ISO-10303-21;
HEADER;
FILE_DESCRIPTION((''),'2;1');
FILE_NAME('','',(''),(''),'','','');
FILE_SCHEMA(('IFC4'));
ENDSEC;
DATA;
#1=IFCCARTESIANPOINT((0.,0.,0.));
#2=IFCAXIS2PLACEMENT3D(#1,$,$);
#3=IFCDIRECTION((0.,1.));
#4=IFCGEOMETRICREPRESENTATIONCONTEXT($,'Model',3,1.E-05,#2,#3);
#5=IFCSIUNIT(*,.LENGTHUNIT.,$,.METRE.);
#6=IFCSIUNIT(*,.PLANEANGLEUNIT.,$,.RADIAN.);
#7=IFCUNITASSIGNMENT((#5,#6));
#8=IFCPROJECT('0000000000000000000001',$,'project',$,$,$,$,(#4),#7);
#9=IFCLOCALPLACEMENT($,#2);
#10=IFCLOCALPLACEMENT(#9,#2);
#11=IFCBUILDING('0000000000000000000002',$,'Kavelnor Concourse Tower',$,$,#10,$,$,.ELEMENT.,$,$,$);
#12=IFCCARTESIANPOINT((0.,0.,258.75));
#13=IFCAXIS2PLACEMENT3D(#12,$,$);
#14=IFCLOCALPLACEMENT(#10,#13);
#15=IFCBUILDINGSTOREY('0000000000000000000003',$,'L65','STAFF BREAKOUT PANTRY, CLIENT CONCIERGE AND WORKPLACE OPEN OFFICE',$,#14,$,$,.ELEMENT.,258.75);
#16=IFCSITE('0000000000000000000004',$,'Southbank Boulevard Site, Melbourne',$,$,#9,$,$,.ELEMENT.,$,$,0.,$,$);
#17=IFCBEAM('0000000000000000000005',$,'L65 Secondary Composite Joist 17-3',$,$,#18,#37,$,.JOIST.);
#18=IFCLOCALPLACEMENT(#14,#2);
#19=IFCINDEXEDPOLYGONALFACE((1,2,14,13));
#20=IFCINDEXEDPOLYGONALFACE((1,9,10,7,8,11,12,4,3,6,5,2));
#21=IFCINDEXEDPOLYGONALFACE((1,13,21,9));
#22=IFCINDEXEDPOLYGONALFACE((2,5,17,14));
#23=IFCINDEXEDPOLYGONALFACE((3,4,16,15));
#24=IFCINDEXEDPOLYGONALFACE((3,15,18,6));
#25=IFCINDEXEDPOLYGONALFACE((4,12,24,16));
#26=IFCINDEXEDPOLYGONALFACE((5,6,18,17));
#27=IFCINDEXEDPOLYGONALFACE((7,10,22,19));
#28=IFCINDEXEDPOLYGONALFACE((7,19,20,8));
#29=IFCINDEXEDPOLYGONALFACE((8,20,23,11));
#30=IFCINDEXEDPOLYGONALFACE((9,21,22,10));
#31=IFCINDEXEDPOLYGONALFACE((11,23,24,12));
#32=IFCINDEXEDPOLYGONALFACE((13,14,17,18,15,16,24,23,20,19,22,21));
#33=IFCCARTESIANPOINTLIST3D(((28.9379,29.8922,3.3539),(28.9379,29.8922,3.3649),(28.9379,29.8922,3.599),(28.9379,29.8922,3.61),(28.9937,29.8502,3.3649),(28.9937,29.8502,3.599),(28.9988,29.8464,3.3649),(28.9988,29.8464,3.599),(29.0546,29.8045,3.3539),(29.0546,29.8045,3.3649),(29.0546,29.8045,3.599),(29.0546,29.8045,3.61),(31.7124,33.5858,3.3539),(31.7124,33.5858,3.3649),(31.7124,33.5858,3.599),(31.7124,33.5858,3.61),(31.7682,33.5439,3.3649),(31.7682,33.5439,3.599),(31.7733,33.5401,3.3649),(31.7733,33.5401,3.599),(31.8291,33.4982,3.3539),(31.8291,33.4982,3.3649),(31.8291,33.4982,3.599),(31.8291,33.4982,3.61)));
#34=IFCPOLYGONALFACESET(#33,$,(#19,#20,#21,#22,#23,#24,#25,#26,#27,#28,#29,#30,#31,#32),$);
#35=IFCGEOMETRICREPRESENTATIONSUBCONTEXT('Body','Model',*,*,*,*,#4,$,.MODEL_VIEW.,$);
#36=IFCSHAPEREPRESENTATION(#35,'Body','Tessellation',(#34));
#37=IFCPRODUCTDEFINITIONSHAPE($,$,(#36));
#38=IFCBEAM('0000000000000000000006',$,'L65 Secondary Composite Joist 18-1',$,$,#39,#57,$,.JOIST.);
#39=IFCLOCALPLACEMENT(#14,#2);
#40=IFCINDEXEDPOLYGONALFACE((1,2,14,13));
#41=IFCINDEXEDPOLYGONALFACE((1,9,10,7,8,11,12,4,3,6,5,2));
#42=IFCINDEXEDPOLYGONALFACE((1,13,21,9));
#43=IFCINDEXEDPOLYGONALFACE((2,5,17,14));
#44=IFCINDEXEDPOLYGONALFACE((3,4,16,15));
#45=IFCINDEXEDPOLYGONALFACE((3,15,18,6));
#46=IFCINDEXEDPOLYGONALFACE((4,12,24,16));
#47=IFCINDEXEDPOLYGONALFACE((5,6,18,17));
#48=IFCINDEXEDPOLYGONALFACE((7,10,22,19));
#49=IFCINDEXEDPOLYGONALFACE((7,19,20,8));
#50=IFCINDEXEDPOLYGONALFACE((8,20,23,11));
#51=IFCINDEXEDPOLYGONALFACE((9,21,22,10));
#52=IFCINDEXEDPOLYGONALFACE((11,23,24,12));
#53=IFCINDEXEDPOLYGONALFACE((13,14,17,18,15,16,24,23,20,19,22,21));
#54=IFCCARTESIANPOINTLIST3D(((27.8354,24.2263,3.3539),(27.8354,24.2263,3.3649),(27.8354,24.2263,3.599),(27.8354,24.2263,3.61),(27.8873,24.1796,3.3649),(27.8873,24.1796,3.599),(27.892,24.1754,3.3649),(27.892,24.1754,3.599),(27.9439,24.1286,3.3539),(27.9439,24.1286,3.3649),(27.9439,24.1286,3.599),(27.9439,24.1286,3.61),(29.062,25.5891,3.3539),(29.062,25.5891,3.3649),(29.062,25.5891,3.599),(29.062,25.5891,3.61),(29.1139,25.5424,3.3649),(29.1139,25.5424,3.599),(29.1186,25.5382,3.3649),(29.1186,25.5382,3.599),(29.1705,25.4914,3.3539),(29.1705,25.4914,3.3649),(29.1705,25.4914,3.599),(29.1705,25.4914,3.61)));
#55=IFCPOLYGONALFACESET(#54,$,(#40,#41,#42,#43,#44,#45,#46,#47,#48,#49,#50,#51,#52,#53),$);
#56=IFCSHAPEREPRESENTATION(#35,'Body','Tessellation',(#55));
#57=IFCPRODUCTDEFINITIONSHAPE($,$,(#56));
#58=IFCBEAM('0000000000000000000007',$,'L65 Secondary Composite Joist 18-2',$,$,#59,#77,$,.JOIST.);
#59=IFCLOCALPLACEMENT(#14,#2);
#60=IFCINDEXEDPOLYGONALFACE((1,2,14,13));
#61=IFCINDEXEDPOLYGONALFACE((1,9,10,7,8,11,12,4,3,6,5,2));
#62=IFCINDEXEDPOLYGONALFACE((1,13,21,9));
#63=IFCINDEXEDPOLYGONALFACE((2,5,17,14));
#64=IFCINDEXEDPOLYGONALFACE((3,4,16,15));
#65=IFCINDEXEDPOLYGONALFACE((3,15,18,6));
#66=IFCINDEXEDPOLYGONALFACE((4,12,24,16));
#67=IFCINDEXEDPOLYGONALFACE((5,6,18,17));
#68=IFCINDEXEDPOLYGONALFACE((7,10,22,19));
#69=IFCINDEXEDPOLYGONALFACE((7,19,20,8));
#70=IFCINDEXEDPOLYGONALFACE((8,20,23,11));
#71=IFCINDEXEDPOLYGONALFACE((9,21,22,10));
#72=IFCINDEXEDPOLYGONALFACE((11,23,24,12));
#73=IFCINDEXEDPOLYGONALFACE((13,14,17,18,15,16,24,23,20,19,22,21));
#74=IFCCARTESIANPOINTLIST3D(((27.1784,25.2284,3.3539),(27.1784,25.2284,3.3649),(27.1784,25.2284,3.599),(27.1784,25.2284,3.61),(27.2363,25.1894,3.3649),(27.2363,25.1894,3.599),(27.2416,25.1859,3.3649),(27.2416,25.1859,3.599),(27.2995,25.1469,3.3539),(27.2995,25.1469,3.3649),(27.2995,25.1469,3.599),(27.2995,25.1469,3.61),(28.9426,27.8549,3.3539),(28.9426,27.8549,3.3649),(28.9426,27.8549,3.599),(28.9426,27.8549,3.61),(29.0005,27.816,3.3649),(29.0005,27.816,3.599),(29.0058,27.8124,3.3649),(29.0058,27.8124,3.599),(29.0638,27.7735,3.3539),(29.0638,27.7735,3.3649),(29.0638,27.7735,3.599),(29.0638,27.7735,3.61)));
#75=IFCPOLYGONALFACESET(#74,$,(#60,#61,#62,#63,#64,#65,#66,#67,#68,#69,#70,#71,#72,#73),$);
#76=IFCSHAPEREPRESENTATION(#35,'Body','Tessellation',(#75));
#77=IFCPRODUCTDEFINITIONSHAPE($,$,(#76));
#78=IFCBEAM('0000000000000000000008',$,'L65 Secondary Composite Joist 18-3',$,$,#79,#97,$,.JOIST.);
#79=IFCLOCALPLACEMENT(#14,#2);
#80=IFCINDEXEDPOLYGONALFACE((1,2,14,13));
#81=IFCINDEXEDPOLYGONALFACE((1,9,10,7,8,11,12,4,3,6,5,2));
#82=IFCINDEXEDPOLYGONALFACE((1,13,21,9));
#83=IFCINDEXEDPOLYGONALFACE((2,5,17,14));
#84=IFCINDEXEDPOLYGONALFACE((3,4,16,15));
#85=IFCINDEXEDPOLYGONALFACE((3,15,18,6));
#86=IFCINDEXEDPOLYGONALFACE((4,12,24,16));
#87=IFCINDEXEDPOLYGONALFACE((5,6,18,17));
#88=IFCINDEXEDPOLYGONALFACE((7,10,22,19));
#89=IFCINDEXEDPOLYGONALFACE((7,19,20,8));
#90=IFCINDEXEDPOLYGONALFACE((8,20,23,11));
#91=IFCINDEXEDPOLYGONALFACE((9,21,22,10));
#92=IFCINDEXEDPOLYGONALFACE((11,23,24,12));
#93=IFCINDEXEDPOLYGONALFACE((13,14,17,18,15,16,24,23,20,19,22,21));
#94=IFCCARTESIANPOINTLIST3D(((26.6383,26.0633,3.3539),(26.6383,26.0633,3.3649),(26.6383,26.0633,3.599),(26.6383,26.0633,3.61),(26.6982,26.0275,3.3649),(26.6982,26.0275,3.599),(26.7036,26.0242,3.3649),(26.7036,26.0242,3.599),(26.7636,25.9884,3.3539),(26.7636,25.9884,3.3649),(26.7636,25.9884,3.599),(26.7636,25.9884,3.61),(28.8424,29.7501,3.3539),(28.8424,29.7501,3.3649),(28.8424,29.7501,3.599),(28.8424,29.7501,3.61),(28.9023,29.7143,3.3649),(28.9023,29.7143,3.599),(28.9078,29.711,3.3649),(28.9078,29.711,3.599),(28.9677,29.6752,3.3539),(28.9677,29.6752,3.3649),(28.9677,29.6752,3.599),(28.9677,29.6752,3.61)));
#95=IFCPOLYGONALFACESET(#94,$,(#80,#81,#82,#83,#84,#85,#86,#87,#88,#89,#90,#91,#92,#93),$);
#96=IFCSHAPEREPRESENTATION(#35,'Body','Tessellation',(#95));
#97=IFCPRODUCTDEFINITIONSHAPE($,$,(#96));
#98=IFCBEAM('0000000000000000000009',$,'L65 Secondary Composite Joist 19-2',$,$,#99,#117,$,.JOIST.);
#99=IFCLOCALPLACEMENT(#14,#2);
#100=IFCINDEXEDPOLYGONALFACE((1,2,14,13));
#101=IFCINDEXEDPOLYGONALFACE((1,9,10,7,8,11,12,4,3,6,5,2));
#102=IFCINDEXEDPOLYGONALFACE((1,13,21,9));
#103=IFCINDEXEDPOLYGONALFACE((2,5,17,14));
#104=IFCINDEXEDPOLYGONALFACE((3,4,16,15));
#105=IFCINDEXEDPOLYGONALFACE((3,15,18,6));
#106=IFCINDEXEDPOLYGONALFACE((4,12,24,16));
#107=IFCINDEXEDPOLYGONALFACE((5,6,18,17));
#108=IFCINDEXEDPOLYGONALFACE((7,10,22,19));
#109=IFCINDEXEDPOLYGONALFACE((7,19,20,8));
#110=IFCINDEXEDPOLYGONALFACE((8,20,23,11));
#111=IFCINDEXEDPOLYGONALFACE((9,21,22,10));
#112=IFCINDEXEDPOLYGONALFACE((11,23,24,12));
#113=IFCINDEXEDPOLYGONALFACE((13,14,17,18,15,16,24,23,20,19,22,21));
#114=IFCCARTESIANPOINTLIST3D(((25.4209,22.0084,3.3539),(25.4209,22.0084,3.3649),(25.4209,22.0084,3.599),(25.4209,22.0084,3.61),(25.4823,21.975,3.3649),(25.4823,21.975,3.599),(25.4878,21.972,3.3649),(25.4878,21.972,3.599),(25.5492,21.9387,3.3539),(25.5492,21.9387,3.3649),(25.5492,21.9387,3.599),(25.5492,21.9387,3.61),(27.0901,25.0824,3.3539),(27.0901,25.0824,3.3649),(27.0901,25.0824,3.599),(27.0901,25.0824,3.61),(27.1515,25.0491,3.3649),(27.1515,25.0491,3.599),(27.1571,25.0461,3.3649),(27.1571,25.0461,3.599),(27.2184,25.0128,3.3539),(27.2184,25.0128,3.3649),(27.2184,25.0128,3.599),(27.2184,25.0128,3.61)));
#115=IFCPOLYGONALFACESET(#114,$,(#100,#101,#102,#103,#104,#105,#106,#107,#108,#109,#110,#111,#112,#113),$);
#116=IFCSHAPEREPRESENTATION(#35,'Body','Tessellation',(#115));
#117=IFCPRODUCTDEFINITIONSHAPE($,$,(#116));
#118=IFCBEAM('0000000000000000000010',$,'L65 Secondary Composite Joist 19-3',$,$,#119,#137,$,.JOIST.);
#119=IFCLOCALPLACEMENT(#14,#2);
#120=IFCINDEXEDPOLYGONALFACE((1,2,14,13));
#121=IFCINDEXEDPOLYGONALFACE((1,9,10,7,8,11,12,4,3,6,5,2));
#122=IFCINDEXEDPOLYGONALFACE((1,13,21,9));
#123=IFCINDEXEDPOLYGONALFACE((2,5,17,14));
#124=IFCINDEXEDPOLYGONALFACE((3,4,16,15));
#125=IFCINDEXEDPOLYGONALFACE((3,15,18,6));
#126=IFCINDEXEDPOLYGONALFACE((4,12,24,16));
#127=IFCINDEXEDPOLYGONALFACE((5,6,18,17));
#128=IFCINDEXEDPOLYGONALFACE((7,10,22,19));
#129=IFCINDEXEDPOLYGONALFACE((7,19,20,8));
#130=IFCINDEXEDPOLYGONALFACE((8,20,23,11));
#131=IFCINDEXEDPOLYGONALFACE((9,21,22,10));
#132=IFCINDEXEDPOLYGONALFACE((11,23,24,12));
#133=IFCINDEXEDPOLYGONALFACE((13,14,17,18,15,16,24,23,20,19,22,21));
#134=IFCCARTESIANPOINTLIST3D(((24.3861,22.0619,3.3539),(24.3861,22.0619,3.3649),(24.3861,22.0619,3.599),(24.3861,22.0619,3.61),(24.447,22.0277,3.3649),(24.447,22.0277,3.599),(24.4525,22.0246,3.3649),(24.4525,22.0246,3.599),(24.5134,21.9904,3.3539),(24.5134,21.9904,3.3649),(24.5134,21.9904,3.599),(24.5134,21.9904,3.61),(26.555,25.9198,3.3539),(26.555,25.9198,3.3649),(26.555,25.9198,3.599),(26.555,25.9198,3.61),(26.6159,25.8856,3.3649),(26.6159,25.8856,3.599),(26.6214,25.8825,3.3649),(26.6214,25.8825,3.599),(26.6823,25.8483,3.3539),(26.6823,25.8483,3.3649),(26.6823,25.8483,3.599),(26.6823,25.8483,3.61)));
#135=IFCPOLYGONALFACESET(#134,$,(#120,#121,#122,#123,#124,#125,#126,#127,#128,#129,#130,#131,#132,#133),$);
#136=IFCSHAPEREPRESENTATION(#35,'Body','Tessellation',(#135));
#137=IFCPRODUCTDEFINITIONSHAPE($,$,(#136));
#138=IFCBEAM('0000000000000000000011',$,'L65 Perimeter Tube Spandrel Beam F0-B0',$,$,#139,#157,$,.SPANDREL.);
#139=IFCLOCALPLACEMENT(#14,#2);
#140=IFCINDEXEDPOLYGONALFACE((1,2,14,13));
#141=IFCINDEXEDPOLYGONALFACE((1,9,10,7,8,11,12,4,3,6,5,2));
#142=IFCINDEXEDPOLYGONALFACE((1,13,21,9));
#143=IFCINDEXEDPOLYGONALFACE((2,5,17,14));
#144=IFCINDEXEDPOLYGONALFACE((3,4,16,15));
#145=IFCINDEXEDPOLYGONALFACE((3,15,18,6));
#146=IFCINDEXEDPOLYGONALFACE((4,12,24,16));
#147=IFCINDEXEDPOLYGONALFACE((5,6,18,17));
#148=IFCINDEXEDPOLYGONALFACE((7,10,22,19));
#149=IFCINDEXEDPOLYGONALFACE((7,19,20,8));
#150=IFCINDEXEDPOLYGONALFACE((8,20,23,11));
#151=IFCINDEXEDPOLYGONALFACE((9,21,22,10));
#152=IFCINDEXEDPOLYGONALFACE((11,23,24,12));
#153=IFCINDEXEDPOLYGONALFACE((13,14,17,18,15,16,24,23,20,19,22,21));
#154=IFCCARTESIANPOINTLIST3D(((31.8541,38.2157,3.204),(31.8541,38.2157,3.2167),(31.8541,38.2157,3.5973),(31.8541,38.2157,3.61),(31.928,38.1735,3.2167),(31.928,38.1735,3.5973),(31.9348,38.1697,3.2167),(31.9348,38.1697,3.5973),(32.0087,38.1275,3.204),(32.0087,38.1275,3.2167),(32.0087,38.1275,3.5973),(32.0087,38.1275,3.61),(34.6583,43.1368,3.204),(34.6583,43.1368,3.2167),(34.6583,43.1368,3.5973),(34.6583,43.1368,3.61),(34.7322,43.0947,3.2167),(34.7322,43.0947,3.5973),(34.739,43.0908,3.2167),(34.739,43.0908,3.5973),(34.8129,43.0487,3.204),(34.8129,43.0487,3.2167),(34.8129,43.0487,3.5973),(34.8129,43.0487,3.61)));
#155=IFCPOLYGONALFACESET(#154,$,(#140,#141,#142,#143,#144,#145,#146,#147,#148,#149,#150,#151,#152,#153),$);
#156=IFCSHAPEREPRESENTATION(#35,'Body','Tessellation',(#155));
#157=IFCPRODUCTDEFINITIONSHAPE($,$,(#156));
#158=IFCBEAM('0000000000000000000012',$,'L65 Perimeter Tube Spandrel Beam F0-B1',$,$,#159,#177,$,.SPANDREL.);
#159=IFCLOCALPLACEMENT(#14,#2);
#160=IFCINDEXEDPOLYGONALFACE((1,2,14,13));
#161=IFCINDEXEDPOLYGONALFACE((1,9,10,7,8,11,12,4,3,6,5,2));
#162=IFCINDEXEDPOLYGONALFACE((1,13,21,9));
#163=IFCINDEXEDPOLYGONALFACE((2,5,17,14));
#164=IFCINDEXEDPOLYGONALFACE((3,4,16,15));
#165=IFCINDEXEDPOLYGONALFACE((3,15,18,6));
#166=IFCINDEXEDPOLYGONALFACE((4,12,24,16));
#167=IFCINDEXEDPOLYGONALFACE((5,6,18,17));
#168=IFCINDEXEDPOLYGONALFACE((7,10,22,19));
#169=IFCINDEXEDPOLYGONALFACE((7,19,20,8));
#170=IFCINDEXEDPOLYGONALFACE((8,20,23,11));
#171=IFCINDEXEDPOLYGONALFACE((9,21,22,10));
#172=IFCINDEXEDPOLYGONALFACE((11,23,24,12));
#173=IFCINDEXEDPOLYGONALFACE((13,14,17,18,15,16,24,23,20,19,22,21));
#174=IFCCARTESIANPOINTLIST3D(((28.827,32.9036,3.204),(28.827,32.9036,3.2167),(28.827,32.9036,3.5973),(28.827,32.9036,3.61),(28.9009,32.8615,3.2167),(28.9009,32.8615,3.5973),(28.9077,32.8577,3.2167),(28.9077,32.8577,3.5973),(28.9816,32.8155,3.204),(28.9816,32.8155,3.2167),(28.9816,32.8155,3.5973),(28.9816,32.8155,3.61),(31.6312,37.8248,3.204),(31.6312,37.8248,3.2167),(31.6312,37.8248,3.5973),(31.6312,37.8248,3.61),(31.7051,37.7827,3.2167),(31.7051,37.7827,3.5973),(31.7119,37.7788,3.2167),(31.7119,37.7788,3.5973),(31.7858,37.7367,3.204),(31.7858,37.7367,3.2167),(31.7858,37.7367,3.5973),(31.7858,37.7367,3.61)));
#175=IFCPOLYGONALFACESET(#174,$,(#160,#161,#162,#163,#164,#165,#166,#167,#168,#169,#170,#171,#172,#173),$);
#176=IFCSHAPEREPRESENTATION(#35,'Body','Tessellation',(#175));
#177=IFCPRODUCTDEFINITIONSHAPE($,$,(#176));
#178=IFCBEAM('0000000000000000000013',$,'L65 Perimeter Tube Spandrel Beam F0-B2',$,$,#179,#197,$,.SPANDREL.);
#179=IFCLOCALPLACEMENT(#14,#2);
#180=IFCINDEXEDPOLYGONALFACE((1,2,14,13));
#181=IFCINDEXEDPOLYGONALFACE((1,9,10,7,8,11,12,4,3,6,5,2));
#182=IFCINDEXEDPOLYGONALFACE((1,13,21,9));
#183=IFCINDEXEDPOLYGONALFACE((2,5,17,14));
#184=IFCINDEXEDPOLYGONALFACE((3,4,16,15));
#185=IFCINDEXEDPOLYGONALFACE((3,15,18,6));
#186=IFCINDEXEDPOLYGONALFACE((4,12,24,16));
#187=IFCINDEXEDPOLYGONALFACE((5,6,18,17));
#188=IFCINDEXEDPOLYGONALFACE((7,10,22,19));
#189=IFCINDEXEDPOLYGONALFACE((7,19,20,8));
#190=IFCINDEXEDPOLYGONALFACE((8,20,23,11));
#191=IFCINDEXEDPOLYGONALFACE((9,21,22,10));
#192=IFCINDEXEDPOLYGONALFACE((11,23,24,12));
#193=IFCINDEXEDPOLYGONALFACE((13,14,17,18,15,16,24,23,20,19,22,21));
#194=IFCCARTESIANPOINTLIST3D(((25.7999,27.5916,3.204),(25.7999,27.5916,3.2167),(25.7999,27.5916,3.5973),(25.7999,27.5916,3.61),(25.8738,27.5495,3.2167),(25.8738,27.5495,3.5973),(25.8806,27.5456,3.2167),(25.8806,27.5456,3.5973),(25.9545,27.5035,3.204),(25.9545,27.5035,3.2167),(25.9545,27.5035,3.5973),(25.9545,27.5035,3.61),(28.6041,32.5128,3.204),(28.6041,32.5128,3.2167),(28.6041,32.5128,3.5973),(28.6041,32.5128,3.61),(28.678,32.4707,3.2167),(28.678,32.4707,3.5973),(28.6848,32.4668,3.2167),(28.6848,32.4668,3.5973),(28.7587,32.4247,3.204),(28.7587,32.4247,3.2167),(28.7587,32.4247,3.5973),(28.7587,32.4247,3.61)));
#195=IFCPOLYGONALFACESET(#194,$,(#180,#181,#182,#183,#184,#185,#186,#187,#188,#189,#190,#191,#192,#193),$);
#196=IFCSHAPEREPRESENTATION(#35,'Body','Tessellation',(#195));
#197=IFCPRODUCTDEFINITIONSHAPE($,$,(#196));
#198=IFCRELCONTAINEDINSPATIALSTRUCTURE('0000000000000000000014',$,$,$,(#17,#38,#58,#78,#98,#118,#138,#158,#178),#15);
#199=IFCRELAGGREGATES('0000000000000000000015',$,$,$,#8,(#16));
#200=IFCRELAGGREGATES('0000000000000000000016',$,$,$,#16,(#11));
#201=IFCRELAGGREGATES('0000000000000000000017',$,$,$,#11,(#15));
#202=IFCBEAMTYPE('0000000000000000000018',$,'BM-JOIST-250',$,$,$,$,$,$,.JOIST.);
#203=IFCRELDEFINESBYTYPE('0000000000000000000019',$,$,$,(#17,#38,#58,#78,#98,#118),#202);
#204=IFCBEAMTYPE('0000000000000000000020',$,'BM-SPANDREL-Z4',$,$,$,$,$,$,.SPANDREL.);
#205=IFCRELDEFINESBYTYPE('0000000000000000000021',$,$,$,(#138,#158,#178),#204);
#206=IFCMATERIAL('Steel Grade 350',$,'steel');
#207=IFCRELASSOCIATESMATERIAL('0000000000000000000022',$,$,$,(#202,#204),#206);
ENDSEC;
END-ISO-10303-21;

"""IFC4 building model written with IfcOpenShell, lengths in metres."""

from ifc_helpers import new_model, si_unit, direction, frame, origin, origin_2d, place, context, subcontext, project, spatial, i_section, extrude, material, material_profile, profile_set, type_object, element, save


model = new_model("IFC4")

# Units and contexts
model_context = context("Model", 3, precision=1e-05, world=origin(), true_north=direction((0.0, 1.0)))
body_context = subcontext(model_context, "Body", "Model", "MODEL_VIEW")
ifc_project = project(units=[si_unit("LENGTHUNIT", "METRE"), si_unit("PLANEANGLEUNIT", "RADIAN")], contexts=[model_context])

# Site, building, storey
site_placement = place(None, origin())
site = spatial("IfcSite", under=ifc_project, at=site_placement, Name="Southbank Boulevard Site, Melbourne", CompositionType="ELEMENT", RefElevation=0.0)
building_placement = place(site_placement, origin())
building = spatial("IfcBuilding", under=site, at=building_placement, Name="Kavelnor Concourse Tower", CompositionType="ELEMENT")
storey_placement = place(building_placement, frame((0.0, 0.0, 258.75)))
storey = spatial("IfcBuildingStorey", under=building, at=storey_placement, Name="L65", Description="STAFF BREAKOUT PANTRY, CLIENT CONCIERGE AND WORKPLACE OPEN OFFICE", CompositionType="ELEMENT", Elevation=258.75)

# Shared definitions
ifc_material_1 = material(Name="Steel Grade 350", Category="steel")

# Beams
ifc_material_profile_1 = material_profile(ifc_material_1, i_section(OverallWidth=0.146, OverallDepth=0.2561, WebThickness=0.0063, FlangeThickness=0.011, at=origin_2d()), Name="250UB37")
ifc_profile_set_1 = profile_set([ifc_material_profile_1], Name="Steel Grade 350")
beam_type_1 = type_object("IfcBeamType", Name="BM-JOIST-250", PredefinedType="JOIST", material=ifc_profile_set_1)
beam_1_placement = place(storey_placement, frame((31.7708, 33.542, 3.4819), z_axis=(-0.600583, -0.799562, 0.0), x_axis=(0.799562, -0.600583, 0.0)))
element("IfcBeam", 1, at=beam_1_placement, inside=storey, type_object=beam_type_1, Name="L65 Secondary Composite Joist 17-3", PredefinedType="JOIST", context=body_context, shape_type="SweptSolid", body=[
    extrude(i_section(OverallWidth=0.146, OverallDepth=0.2561, WebThickness=0.0063, FlangeThickness=0.011, at=origin_2d()), origin(), (0.0, 0.0, 1.0), 4.6196),
])
beam_2_placement = place(storey_placement, frame((29.1162, 25.5403, 3.4819), z_axis=(-0.668979, -0.743281, 0.0), x_axis=(0.743281, -0.668979, 0.0)))
element("IfcBeam", 2, at=beam_2_placement, inside=storey, type_object=beam_type_1, Name="L65 Secondary Composite Joist 18-1", PredefinedType="JOIST", context=body_context, shape_type="SweptSolid", body=[
    extrude(i_section(OverallWidth=0.146, OverallDepth=0.2561, WebThickness=0.0063, FlangeThickness=0.011, at=origin_2d()), origin(), (0.0, 0.0, 1.0), 1.8335),
])
beam_3_placement = place(storey_placement, frame((29.0032, 27.8142, 3.4819), z_axis=(-0.557582, -0.830122, 0.0), x_axis=(0.830122, -0.557582, 0.0)))
element("IfcBeam", 3, at=beam_3_placement, inside=storey, type_object=beam_type_1, Name="L65 Secondary Composite Joist 18-2", PredefinedType="JOIST", context=body_context, shape_type="SweptSolid", body=[
    extrude(i_section(OverallWidth=0.146, OverallDepth=0.2561, WebThickness=0.0063, FlangeThickness=0.011, at=origin_2d()), origin(), (0.0, 0.0, 1.0), 3.1641),
])
beam_4_placement = place(storey_placement, frame((28.905, 29.7126, 3.4819), z_axis=(-0.513133, -0.858309, 0.0), x_axis=(0.858309, -0.513133, 0.0)))
element("IfcBeam", 4, at=beam_4_placement, inside=storey, type_object=beam_type_1, Name="L65 Secondary Composite Joist 18-3", PredefinedType="JOIST", context=body_context, shape_type="SweptSolid", body=[
    extrude(i_section(OverallWidth=0.146, OverallDepth=0.2561, WebThickness=0.0063, FlangeThickness=0.011, at=origin_2d()), origin(), (0.0, 0.0, 1.0), 4.2954),
])
beam_5_placement = place(storey_placement, frame((27.1543, 25.0476, 3.4819), z_axis=(-0.477194, -0.878798, 0.0), x_axis=(0.878798, -0.477194, 0.0)))
element("IfcBeam", 5, at=beam_5_placement, inside=storey, type_object=beam_type_1, Name="L65 Secondary Composite Joist 19-2", PredefinedType="JOIST", context=body_context, shape_type="SweptSolid", body=[
    extrude(i_section(OverallWidth=0.146, OverallDepth=0.2561, WebThickness=0.0063, FlangeThickness=0.011, at=origin_2d()), origin(), (0.0, 0.0, 1.0), 3.498),
])
beam_6_placement = place(storey_placement, frame((26.6187, 25.884, 3.4819), z_axis=(-0.490067, -0.871685, 0.0), x_axis=(0.871685, -0.490067, 0.0)))
element("IfcBeam", 6, at=beam_6_placement, inside=storey, type_object=beam_type_1, Name="L65 Secondary Composite Joist 19-3", PredefinedType="JOIST", context=body_context, shape_type="SweptSolid", body=[
    extrude(i_section(OverallWidth=0.146, OverallDepth=0.2561, WebThickness=0.0063, FlangeThickness=0.011, at=origin_2d()), origin(), (0.0, 0.0, 1.0), 4.4258),
])
ifc_material_profile_2 = material_profile(ifc_material_1, i_section(OverallWidth=0.178, OverallDepth=0.406, WebThickness=0.0078, FlangeThickness=0.0127, at=origin_2d()), Name="410UB59")
ifc_profile_set_2 = profile_set([ifc_material_profile_2], Name="Steel Grade 350")
beam_type_2 = type_object("IfcBeamType", Name="BM-SPANDREL-Z4", PredefinedType="SPANDREL", material=ifc_profile_set_2)
for number, where, z_axis, x_axis, name in (
    (7, (34.7356, 43.0928, 3.407), (-0.495089, -0.868842, 0.0), (0.868842, -0.495089, 0.0), "L65 Perimeter Tube Spandrel Beam F0-B0"),
    (8, (31.7085, 37.7808, 3.407), (-0.495089, -0.868842, 0.0), (0.868842, -0.495089, 0.0), "L65 Perimeter Tube Spandrel Beam F0-B1"),
    (9, (28.6814, 32.4688, 3.407), (-0.495089, -0.868842, 0.0), (0.868842, -0.495089, 0.0), "L65 Perimeter Tube Spandrel Beam F0-B2"),
):
    element("IfcBeam", number, at=place(storey_placement, frame(where, z_axis=z_axis, x_axis=x_axis)), inside=storey, type_object=beam_type_2, Name=name, PredefinedType="SPANDREL", context=body_context, shape_type="SweptSolid", body=[
        extrude(i_section(OverallWidth=0.178, OverallDepth=0.406, WebThickness=0.0078, FlangeThickness=0.0127, at=origin_2d()), origin(), (0.0, 0.0, 1.0), 5.6641),
    ])

save(model, "model.ifc")
